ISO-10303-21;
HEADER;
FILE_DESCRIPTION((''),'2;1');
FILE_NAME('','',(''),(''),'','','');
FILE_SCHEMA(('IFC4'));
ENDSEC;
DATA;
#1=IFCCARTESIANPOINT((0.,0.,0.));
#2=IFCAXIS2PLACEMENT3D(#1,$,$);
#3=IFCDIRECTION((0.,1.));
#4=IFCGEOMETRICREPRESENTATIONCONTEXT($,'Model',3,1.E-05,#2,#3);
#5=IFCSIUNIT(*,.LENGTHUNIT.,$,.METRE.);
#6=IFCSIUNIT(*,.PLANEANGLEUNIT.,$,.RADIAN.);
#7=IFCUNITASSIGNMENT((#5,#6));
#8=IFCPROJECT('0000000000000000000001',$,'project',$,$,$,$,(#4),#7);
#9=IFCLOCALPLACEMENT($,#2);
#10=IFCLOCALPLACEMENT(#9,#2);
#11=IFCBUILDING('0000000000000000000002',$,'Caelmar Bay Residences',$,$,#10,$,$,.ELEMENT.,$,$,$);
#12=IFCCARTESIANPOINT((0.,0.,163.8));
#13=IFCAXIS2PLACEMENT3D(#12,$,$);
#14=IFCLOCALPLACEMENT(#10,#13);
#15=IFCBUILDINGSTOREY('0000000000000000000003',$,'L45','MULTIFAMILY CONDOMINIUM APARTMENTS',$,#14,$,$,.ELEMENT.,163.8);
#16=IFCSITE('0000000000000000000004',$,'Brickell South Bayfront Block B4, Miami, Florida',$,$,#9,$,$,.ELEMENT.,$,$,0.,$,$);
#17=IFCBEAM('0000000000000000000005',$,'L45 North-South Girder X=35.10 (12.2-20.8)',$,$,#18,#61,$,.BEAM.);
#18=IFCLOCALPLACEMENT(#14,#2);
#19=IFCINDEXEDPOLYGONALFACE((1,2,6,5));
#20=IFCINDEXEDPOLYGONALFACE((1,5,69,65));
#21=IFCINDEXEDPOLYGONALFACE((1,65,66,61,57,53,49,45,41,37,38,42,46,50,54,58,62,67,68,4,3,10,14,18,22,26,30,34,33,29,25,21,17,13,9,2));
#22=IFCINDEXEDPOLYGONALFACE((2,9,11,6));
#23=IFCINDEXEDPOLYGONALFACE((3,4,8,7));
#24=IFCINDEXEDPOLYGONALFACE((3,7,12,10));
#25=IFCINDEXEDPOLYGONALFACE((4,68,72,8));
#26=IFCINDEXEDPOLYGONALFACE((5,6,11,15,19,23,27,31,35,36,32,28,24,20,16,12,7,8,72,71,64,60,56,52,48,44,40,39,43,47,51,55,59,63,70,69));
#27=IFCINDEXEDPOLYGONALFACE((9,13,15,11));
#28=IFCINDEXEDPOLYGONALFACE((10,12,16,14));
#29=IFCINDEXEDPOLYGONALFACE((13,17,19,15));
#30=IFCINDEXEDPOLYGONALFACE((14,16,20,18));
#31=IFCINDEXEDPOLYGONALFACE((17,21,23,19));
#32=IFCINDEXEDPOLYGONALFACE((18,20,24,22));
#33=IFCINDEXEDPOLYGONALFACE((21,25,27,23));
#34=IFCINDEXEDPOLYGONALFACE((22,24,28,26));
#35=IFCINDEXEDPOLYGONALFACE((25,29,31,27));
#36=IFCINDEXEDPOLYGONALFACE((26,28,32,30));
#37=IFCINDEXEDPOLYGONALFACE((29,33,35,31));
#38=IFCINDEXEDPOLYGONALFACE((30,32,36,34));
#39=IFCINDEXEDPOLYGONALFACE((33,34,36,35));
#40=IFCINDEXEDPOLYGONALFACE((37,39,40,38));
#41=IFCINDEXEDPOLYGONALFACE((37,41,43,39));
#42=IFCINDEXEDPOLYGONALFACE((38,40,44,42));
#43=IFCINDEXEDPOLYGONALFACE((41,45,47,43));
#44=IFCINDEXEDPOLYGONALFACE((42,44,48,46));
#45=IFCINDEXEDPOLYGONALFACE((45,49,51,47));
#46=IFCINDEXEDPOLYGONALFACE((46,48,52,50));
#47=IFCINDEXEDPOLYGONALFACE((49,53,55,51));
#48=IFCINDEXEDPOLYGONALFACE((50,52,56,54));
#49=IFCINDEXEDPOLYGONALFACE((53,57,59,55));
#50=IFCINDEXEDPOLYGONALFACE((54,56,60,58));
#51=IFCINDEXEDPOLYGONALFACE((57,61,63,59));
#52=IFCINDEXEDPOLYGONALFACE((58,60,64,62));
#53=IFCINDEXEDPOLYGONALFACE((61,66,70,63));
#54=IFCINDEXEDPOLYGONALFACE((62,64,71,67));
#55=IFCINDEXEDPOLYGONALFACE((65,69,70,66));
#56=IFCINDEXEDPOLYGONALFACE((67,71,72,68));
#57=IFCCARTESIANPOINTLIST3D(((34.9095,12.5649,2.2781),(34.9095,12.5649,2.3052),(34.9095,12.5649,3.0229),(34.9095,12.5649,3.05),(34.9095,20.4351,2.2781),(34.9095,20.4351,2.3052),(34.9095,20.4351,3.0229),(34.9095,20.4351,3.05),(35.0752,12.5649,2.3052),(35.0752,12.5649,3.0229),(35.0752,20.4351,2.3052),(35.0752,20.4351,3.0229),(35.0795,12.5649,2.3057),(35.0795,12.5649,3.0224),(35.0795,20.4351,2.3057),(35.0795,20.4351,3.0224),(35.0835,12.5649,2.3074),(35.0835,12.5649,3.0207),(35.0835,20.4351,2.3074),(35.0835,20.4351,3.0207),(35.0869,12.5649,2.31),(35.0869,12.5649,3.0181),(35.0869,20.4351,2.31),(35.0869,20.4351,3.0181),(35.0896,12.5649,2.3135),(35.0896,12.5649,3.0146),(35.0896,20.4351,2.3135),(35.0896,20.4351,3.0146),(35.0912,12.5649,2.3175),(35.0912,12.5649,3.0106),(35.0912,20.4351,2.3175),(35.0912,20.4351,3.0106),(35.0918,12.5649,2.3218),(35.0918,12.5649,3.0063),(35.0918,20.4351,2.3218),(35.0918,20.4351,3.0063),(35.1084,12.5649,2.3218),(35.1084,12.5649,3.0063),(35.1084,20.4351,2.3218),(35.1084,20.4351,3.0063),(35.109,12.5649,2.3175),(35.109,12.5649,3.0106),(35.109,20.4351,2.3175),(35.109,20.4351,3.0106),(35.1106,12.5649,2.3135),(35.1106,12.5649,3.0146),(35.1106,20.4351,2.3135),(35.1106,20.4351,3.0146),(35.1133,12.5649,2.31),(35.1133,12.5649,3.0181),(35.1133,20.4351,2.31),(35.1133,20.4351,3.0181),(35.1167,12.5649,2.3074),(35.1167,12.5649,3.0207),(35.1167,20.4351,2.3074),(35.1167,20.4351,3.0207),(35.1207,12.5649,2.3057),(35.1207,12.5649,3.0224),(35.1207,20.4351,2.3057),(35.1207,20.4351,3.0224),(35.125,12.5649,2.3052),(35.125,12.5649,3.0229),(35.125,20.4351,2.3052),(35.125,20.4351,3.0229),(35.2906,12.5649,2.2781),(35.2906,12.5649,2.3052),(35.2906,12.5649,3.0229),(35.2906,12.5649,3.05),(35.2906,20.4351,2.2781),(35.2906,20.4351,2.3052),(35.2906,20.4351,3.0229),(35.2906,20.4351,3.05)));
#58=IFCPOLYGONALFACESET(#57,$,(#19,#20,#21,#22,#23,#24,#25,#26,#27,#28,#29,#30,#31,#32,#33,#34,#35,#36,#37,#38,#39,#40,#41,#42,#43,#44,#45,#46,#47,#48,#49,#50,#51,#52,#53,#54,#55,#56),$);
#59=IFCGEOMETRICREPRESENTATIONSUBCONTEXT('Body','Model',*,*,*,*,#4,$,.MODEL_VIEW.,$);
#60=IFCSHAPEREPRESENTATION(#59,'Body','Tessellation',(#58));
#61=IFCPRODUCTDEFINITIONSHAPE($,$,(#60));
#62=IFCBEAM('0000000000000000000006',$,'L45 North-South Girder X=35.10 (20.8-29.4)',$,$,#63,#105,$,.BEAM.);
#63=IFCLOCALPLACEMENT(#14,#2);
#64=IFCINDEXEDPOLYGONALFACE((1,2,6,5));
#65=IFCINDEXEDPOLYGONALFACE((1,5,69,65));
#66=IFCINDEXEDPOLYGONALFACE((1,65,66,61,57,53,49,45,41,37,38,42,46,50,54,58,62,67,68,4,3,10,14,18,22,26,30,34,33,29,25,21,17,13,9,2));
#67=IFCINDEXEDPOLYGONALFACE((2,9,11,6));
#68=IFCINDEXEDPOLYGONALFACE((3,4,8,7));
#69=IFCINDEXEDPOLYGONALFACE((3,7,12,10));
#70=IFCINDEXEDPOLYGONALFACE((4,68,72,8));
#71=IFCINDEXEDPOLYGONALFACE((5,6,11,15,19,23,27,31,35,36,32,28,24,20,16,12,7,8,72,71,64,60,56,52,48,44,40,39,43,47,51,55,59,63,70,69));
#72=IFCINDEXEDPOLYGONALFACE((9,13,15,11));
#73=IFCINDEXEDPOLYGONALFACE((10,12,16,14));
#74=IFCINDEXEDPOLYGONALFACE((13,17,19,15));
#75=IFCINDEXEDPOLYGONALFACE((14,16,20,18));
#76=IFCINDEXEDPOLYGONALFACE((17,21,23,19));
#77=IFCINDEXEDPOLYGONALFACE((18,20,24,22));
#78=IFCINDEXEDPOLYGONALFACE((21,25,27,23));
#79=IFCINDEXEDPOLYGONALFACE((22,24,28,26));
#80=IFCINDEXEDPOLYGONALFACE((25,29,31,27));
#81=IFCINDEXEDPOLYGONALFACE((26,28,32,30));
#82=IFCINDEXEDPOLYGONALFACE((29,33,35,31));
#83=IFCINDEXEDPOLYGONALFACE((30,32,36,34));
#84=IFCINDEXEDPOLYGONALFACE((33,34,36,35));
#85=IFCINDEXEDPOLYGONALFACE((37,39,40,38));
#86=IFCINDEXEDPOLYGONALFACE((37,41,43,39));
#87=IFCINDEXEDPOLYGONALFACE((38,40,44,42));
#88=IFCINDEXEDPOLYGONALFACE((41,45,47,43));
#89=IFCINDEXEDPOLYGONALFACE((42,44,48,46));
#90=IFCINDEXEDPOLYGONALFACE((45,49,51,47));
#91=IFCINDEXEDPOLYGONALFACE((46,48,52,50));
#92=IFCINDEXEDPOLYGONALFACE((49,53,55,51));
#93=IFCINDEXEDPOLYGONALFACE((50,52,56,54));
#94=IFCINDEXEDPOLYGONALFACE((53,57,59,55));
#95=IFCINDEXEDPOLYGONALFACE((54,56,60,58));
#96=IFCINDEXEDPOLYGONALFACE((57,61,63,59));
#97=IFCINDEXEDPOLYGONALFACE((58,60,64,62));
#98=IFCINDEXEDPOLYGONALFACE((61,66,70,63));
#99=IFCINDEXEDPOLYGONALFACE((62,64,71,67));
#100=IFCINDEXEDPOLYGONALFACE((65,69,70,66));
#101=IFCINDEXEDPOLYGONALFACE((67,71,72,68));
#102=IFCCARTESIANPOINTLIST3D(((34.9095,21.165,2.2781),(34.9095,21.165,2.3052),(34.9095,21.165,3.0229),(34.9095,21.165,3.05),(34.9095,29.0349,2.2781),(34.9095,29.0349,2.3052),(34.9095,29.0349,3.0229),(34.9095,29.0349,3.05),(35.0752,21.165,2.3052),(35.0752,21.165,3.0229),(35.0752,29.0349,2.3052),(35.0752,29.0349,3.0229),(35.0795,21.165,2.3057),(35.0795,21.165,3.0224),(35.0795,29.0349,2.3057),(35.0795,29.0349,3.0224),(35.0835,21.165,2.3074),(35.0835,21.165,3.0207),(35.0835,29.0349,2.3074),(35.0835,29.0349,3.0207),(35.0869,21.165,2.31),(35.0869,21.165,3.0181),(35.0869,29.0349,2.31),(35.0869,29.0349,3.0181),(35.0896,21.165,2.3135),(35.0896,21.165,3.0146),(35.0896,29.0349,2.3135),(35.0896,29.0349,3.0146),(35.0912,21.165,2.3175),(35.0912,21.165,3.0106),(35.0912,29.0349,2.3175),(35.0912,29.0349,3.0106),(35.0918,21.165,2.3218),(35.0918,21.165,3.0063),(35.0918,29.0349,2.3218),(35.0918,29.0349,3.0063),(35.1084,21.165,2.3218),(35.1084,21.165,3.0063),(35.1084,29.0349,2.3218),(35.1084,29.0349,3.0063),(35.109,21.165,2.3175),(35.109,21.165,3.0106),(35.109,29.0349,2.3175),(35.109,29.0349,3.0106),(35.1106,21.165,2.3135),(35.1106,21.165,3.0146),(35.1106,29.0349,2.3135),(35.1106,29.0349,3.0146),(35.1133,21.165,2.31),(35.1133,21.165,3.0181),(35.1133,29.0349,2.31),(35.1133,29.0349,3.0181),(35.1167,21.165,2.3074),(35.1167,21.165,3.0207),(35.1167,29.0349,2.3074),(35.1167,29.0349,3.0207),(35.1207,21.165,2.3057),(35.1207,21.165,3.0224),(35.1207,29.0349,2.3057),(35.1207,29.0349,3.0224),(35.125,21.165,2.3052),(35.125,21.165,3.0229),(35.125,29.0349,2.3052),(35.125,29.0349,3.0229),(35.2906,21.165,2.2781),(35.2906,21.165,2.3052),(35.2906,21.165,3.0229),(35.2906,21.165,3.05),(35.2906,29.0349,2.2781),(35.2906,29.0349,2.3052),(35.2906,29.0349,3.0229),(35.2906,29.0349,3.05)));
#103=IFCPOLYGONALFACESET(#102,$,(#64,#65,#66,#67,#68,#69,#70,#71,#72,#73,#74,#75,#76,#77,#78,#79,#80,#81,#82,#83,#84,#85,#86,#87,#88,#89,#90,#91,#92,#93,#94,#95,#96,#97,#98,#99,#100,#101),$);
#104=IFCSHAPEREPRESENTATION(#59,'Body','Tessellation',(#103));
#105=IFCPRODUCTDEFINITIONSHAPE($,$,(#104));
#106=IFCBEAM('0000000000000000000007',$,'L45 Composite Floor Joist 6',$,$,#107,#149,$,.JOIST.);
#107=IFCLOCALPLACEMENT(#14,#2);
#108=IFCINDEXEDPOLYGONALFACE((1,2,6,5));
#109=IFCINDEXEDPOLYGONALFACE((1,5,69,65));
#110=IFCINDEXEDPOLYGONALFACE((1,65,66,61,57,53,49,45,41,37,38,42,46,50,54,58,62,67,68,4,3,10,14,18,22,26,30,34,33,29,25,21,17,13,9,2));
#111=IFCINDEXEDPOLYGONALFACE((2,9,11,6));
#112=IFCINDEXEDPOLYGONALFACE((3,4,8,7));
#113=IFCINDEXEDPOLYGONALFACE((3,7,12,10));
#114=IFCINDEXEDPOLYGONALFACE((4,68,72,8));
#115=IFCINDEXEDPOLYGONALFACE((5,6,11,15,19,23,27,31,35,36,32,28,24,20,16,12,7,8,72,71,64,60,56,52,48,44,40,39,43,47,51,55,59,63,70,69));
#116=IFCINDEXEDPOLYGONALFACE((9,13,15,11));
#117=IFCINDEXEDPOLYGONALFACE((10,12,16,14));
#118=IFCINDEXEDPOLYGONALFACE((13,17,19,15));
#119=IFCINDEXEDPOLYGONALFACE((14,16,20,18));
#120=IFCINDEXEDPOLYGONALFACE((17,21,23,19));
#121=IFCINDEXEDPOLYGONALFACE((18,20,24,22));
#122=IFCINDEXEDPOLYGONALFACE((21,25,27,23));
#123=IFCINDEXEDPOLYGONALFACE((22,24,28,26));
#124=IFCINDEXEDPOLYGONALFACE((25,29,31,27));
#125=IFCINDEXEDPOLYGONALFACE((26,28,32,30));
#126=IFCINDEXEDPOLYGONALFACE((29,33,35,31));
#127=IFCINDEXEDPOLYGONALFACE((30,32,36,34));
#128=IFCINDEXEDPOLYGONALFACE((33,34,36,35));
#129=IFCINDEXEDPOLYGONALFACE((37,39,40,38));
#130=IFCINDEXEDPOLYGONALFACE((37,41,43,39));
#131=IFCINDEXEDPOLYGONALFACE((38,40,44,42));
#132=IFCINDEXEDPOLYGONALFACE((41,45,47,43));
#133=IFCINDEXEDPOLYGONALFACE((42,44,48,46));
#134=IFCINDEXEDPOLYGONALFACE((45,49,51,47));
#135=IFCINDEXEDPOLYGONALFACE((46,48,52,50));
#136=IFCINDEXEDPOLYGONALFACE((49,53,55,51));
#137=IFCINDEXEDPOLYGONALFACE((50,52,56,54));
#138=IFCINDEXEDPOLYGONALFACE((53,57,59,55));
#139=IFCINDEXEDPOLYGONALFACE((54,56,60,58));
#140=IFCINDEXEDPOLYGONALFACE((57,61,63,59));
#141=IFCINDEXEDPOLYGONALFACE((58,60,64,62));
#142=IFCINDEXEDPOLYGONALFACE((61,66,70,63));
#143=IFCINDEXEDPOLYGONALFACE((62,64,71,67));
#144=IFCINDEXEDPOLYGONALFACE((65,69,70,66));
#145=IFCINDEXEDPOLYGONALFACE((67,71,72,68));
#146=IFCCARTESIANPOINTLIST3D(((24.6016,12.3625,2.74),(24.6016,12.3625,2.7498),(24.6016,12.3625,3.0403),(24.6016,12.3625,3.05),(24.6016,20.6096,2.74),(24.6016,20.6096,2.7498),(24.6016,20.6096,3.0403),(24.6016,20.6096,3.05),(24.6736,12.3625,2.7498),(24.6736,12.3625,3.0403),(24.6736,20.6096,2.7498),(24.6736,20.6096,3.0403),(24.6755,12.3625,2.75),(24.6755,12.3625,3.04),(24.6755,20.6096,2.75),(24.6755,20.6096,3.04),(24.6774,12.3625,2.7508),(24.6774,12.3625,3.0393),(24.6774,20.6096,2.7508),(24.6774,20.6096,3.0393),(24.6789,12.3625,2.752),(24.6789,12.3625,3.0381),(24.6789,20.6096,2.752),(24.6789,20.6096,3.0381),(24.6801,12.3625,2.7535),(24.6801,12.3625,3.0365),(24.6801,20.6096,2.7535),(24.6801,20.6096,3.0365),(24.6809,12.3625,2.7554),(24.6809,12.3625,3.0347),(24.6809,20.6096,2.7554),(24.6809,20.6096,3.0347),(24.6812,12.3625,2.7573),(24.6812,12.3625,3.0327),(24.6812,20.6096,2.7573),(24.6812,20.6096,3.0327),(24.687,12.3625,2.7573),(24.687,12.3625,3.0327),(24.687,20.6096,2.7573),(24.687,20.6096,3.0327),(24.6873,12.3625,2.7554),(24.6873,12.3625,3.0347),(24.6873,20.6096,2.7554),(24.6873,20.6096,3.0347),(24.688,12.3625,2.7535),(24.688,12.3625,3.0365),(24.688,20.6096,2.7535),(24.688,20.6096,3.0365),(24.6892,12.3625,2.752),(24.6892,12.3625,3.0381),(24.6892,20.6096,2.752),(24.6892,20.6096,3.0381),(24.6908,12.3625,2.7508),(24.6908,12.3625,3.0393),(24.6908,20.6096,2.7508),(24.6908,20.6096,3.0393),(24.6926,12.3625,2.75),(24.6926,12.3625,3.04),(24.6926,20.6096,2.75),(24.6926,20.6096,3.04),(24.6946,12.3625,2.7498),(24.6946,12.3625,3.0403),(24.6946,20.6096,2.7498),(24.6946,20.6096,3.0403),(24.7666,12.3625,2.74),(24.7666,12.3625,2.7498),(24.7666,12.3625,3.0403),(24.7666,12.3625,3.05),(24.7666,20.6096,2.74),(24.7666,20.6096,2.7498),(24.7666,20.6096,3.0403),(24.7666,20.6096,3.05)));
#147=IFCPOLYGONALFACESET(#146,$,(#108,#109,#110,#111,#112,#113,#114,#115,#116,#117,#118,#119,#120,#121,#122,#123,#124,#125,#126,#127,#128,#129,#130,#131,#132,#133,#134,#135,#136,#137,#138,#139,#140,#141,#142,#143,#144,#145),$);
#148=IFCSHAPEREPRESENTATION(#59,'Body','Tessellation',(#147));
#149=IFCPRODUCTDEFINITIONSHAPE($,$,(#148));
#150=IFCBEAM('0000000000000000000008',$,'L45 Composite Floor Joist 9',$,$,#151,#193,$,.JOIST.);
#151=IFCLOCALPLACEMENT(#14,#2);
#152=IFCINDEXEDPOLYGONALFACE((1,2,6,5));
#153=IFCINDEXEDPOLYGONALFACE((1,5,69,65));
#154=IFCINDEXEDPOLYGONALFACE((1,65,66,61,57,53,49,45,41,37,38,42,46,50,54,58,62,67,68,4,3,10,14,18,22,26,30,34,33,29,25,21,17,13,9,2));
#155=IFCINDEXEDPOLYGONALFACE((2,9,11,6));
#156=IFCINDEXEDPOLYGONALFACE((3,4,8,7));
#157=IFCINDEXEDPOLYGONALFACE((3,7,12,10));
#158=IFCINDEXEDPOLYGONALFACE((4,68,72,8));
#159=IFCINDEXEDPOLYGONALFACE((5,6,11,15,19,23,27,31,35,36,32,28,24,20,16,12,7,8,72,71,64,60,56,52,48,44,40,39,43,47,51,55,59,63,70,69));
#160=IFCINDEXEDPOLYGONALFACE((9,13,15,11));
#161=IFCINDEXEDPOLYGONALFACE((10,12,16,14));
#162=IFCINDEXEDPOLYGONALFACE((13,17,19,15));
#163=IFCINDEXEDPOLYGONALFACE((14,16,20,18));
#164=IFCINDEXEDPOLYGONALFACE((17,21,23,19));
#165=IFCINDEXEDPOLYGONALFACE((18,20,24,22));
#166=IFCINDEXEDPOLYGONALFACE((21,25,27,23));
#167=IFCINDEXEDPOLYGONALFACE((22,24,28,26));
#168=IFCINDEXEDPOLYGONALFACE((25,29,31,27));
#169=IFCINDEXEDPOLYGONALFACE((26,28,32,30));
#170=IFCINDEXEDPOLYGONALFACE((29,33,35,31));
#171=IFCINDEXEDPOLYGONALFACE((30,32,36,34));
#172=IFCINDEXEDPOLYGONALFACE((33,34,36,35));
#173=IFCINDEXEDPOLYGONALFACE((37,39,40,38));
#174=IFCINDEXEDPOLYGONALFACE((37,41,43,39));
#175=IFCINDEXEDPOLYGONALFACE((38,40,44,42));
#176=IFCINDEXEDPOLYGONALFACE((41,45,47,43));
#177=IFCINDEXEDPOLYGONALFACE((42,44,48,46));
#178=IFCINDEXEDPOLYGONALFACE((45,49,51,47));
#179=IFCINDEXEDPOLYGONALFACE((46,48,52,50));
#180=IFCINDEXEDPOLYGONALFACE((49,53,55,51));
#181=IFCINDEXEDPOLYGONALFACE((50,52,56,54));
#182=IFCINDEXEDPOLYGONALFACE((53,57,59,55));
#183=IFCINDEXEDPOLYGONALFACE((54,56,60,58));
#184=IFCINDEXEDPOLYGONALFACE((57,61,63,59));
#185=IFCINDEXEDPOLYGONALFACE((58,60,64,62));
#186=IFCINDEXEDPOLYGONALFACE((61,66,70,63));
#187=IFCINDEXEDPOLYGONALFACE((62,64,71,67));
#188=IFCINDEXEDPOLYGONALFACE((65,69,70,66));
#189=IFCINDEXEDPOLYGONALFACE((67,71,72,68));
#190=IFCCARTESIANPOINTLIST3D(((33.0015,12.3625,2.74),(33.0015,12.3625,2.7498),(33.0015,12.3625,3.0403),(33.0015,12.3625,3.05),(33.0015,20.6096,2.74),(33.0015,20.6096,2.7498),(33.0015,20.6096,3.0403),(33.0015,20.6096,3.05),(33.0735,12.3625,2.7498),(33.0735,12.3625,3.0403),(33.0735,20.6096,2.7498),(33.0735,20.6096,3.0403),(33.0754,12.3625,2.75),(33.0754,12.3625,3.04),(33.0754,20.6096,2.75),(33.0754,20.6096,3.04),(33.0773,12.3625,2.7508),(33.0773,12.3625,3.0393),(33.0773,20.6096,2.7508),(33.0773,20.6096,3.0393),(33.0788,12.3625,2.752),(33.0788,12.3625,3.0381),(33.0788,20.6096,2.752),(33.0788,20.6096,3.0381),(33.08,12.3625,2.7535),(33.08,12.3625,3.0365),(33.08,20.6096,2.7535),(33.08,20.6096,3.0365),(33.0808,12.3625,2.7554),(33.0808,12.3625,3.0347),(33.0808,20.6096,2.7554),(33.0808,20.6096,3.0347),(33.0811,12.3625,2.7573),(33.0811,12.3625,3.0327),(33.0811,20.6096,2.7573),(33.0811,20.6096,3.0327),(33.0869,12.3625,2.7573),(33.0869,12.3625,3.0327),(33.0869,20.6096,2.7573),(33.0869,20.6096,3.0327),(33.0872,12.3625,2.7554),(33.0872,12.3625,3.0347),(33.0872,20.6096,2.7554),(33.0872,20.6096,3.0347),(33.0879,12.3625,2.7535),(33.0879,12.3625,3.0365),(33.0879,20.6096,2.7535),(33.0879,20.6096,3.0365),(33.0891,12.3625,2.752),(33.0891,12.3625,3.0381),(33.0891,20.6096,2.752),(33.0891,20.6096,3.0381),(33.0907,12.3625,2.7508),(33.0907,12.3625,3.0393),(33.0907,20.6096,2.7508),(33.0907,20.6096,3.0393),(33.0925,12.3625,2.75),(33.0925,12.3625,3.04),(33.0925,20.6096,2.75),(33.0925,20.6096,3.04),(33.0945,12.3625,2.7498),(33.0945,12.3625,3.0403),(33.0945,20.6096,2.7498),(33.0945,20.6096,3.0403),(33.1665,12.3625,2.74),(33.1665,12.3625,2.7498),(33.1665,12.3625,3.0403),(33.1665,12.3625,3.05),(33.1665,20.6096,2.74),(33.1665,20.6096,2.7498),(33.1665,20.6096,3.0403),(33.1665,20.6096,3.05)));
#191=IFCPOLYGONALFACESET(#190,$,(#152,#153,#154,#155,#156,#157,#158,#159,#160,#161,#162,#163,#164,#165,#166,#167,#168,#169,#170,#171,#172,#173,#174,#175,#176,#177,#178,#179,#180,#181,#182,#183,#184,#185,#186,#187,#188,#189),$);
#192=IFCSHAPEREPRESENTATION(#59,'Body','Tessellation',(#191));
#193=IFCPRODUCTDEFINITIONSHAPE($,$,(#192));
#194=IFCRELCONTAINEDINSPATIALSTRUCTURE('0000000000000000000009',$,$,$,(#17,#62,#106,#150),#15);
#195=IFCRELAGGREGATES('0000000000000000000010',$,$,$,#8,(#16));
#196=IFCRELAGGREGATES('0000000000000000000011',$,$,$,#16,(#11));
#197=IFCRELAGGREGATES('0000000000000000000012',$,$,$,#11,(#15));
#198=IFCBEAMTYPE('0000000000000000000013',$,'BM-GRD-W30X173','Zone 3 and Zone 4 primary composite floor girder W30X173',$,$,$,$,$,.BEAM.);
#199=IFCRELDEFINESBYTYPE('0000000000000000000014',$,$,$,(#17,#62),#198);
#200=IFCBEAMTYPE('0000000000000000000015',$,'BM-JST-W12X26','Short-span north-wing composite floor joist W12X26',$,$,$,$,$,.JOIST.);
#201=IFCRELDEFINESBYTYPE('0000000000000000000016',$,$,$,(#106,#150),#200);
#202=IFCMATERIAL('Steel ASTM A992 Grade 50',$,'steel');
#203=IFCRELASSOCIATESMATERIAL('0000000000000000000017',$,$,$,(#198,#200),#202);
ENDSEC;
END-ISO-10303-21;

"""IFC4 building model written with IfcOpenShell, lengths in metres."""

from ifc_helpers import new_model, si_unit, direction, frame, origin, origin_2d, place, context, subcontext, project, spatial, i_section, extrude, material, material_profile, profile_set, type_object, element, save


model = new_model("IFC4")

# Units and contexts
model_context = context("Model", 3, precision=1e-05, world=origin(), true_north=direction((0.0, 1.0)))
body_context = subcontext(model_context, "Body", "Model", "MODEL_VIEW")
ifc_project = project(units=[si_unit("LENGTHUNIT", "METRE"), si_unit("PLANEANGLEUNIT", "RADIAN")], contexts=[model_context])

# Site, building, storey
site_placement = place(None, origin())
site = spatial("IfcSite", under=ifc_project, at=site_placement, Name="Brickell South Bayfront Block B4, Miami, Florida", CompositionType="ELEMENT", RefElevation=0.0)
building_placement = place(site_placement, origin())
building = spatial("IfcBuilding", under=site, at=building_placement, Name="Caelmar Bay Residences", CompositionType="ELEMENT")
storey_placement = place(building_placement, frame((0.0, 0.0, 163.8)))
storey = spatial("IfcBuildingStorey", under=building, at=storey_placement, Name="L45", Description="MULTIFAMILY CONDOMINIUM APARTMENTS", CompositionType="ELEMENT", Elevation=163.8)

# Beams
ifc_material_1 = material(Name="Steel ASTM A992 Grade 50", Category="steel")
ifc_material_profile_1 = material_profile(ifc_material_1, i_section(OverallWidth=0.3811, OverallDepth=0.772, WebThickness=0.0166, FlangeThickness=0.0271, FilletRadius=0.0166, at=origin_2d()), Name="W30X173")
ifc_profile_set_1 = profile_set([ifc_material_profile_1], Name="Steel ASTM A992 Grade 50")
beam_type_1 = type_object("IfcBeamType", Name="BM-GRD-W30X173", Description="Zone 3 and Zone 4 primary composite floor girder W30X173", PredefinedType="BEAM", material=ifc_profile_set_1)
for number, where, z_axis, x_axis, name in (
    (1, (35.1001, 12.5649, 2.6641), (0.0, 1.0, 0.0), (-1.0, 0.0, 0.0), "L45 North-South Girder X=35.10 (12.2-20.8)"),
):
    element("IfcBeam", number, at=place(storey_placement, frame(where, z_axis=z_axis, x_axis=x_axis)), inside=storey, type_object=beam_type_1, Name=name, PredefinedType="BEAM", context=body_context, shape_type="SweptSolid", body=[
        extrude(i_section(OverallWidth=0.3811, OverallDepth=0.772, WebThickness=0.0166, FlangeThickness=0.0271, FilletRadius=0.0166, at=origin_2d()), origin(), (0.0, 0.0, 1.0), 7.8701),
    ])
beam_1_placement = place(storey_placement, frame((35.1001, 21.165, 2.6641), z_axis=(0.0, 1.0, 0.0), x_axis=(-1.0, 0.0, 0.0)))
element("IfcBeam", 2, at=beam_1_placement, inside=storey, type_object=beam_type_1, Name="L45 North-South Girder X=35.10 (20.8-29.4)", PredefinedType="BEAM", context=body_context, shape_type="SweptSolid", body=[
    extrude(i_section(OverallWidth=0.3811, OverallDepth=0.772, WebThickness=0.0166, FlangeThickness=0.0271, FilletRadius=0.0166, at=origin_2d()), origin(), (0.0, 0.0, 1.0), 7.8699),
])
ifc_material_profile_2 = material_profile(ifc_material_1, i_section(OverallWidth=0.165, OverallDepth=0.3101, WebThickness=0.0059, FlangeThickness=0.0098, FilletRadius=0.0076, at=origin_2d()), Name="W12X26")
ifc_profile_set_2 = profile_set([ifc_material_profile_2], Name="Steel ASTM A992 Grade 50")
beam_type_2 = type_object("IfcBeamType", Name="BM-JST-W12X26", Description="Short-span north-wing composite floor joist W12X26", PredefinedType="JOIST", material=ifc_profile_set_2)
for number, where, z_axis, x_axis, name in (
    (3, (24.6841, 12.3625, 2.895), (0.0, 1.0, 0.0), (-1.0, 0.0, 0.0), "L45 Composite Floor Joist 6"),
    (4, (33.084, 12.3625, 2.895), (0.0, 1.0, 0.0), (-1.0, 0.0, 0.0), "L45 Composite Floor Joist 9"),
):
    element("IfcBeam", number, at=place(storey_placement, frame(where, z_axis=z_axis, x_axis=x_axis)), inside=storey, type_object=beam_type_2, Name=name, PredefinedType="JOIST", context=body_context, shape_type="SweptSolid", body=[
        extrude(i_section(OverallWidth=0.165, OverallDepth=0.3101, WebThickness=0.0059, FlangeThickness=0.0098, FilletRadius=0.0076, at=origin_2d()), origin(), (0.0, 0.0, 1.0), 8.2471),
    ])

save(model, "model.ifc")
